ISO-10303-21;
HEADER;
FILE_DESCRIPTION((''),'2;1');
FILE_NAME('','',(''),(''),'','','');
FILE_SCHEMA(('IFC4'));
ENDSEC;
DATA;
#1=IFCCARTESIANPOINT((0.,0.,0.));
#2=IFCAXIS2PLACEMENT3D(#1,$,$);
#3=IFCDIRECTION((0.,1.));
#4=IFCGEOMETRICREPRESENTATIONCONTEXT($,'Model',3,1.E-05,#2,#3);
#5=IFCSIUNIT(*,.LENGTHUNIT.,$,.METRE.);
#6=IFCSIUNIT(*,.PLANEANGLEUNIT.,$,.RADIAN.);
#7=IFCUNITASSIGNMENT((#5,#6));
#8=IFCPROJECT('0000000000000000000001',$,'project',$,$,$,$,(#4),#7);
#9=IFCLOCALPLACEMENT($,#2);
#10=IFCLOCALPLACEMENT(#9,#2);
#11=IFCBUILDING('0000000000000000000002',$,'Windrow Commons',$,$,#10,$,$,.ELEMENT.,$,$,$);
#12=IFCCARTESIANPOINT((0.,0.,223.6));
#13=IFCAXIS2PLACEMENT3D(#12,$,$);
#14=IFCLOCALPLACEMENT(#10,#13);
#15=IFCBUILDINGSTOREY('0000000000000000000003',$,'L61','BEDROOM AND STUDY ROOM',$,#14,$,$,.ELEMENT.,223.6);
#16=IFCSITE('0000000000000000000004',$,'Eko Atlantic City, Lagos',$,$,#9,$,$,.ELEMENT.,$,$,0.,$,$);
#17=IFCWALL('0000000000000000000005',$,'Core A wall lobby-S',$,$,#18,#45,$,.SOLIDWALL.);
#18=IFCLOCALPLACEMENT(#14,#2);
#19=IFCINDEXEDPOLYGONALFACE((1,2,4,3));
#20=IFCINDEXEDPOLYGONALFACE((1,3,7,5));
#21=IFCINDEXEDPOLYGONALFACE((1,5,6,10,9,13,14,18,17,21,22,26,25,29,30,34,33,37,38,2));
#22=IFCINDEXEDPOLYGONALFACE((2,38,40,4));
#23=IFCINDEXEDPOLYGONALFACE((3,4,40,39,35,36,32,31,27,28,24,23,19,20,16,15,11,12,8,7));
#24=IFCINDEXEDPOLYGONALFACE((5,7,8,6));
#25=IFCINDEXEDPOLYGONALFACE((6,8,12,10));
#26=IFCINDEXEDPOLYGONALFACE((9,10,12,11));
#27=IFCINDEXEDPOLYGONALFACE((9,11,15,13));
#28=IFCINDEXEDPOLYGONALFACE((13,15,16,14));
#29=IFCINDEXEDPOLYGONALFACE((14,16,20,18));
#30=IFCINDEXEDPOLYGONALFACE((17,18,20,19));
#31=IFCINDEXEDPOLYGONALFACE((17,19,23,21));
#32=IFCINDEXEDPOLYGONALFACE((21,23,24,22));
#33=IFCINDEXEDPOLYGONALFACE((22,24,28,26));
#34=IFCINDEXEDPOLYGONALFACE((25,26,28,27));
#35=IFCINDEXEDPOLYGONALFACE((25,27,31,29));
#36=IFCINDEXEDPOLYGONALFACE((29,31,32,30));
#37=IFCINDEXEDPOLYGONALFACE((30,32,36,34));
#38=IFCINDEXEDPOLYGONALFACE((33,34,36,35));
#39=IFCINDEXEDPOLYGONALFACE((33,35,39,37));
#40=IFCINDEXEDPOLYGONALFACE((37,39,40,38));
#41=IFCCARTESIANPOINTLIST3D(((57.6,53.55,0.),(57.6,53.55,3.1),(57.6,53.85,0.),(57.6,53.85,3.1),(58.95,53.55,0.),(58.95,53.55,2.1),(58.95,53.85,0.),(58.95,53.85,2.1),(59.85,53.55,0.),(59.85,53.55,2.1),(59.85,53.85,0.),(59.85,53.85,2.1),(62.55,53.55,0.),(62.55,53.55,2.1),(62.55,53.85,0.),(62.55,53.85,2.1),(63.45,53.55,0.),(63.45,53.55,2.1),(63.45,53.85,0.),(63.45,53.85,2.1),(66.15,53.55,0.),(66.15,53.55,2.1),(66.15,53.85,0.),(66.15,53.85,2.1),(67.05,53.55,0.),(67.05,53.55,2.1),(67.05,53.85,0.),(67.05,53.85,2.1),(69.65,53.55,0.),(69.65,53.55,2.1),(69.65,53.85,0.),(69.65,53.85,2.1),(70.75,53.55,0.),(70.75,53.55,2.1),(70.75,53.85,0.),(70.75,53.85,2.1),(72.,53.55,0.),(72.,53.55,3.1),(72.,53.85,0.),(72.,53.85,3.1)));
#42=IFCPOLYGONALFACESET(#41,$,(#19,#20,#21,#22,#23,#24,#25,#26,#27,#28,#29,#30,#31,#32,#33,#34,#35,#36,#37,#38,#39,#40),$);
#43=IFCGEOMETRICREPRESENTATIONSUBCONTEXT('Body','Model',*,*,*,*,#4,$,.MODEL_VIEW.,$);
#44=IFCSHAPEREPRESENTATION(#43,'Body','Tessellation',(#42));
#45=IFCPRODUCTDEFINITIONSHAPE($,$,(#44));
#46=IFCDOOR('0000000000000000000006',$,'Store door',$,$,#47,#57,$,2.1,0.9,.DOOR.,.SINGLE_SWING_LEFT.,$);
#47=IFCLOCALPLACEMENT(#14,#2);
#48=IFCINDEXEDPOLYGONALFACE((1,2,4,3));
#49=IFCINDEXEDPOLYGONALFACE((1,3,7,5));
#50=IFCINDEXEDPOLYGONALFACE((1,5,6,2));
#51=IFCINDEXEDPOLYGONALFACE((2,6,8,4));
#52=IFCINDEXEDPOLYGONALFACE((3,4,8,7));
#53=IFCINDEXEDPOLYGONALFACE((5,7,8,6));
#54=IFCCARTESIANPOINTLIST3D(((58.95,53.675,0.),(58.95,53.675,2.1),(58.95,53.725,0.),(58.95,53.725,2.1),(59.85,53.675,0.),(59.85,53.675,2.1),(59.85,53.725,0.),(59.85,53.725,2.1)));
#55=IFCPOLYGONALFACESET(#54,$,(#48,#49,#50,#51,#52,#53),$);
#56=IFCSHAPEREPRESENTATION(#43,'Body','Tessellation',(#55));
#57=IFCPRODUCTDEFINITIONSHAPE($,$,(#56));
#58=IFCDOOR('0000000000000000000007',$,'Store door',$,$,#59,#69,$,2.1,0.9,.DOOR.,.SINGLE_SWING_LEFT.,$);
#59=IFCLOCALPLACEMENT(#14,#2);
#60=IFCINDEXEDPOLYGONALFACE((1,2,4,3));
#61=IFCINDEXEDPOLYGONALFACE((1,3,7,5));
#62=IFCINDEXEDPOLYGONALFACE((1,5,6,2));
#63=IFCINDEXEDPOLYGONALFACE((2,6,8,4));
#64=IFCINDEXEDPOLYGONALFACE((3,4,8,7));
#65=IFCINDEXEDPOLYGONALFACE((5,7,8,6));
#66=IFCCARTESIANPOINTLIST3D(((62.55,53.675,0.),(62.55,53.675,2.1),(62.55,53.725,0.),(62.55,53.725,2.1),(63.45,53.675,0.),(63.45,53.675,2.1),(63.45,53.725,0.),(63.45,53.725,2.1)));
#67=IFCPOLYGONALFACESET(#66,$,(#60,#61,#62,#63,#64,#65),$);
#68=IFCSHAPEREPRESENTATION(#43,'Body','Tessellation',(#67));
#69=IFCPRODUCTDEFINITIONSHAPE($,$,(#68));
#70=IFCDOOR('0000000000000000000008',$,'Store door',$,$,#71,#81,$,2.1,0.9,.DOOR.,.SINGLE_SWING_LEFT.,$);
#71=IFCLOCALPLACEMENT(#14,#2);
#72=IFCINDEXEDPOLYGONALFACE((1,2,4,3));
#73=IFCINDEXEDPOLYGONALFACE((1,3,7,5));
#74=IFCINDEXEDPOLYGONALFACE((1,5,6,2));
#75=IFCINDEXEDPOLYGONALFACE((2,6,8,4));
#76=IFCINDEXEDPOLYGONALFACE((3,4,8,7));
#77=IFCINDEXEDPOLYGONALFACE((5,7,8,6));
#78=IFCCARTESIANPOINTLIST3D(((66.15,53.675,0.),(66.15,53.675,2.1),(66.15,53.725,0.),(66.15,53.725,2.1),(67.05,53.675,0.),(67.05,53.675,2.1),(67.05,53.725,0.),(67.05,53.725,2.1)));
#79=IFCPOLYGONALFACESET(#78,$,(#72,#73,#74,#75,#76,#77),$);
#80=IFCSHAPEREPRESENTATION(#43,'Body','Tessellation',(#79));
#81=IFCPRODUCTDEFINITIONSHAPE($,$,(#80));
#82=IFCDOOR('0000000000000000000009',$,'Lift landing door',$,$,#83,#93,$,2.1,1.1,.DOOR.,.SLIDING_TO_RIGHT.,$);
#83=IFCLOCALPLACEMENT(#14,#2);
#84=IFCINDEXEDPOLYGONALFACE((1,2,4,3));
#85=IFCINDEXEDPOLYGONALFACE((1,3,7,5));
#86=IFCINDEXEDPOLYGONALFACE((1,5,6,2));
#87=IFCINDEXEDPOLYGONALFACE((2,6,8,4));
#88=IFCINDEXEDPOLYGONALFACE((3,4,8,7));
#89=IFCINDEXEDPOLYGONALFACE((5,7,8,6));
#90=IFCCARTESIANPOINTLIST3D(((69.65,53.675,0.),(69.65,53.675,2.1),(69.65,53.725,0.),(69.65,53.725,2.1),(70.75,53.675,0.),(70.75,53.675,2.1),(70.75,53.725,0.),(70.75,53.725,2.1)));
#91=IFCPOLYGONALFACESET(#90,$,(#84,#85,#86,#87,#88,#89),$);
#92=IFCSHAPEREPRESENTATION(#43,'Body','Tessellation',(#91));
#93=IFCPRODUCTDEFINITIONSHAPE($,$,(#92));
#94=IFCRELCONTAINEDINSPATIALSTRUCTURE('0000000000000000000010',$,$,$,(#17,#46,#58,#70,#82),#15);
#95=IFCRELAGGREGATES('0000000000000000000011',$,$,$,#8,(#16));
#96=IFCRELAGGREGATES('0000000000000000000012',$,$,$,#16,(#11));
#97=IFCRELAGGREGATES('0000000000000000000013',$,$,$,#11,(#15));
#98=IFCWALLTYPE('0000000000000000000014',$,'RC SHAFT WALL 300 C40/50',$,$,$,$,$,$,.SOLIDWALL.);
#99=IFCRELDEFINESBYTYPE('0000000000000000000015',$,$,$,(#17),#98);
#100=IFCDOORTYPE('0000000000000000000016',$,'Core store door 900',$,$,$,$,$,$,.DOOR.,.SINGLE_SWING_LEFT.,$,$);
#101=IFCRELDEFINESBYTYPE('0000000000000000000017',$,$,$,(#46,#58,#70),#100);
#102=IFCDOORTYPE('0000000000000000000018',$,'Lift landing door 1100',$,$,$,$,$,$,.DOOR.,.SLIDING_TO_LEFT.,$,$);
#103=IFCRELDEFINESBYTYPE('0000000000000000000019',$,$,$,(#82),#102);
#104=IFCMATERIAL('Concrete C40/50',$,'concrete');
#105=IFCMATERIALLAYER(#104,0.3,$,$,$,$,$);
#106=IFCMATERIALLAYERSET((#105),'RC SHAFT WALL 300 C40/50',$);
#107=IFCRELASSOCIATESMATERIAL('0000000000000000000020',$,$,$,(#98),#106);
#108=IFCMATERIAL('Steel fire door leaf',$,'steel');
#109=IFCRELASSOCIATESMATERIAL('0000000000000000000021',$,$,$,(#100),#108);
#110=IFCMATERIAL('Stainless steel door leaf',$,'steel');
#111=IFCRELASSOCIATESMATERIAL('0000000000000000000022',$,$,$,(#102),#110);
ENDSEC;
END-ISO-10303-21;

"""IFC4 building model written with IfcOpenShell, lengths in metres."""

from ifc_helpers import new_model, si_unit, direction, frame, frame_2d, origin, place, context, subcontext, project, spatial, rectangle, extrude, material, layer, layer_set, type_object, element, fill, save


model = new_model("IFC4")

# Units and contexts
model_context = context("Model", 3, precision=1e-05, world=origin(), true_north=direction((0.0, 1.0)))
body_context = subcontext(model_context, "Body", "Model", "MODEL_VIEW")
ifc_project = project(units=[si_unit("LENGTHUNIT", "METRE"), si_unit("PLANEANGLEUNIT", "RADIAN")], contexts=[model_context])

# Site, building, storey
site_placement = place(None, origin())
site = spatial("IfcSite", under=ifc_project, at=site_placement, Name="Eko Atlantic City, Lagos", CompositionType="ELEMENT", RefElevation=0.0)
building_placement = place(site_placement, origin())
building = spatial("IfcBuilding", under=site, at=building_placement, Name="Windrow Commons", CompositionType="ELEMENT")
storey_placement = place(building_placement, frame((0.0, 0.0, 223.6)))
storey = spatial("IfcBuildingStorey", under=building, at=storey_placement, Name="L61", Description="BEDROOM AND STUDY ROOM", CompositionType="ELEMENT", Elevation=223.6)

# Wall, openings, doors
ifc_material_1 = material(Name="Concrete C40/50", Category="concrete")
ifc_layer_1 = layer(ifc_material_1, 0.3)
ifc_layer_set_1 = layer_set([ifc_layer_1], Name="RC SHAFT WALL 300 C40/50")
wall_type_1 = type_object("IfcWallType", Name="RC SHAFT WALL 300 C40/50", PredefinedType="SOLIDWALL", material=ifc_layer_set_1)
wall_1_placement = place(storey_placement, frame((57.6, 53.7, 0.0), z_axis=(0.0, 0.0, 1.0), x_axis=(1.0, 0.0, 0.0)))
wall_1 = element("IfcWall", 1, at=wall_1_placement, inside=storey, type_object=wall_type_1, Name="Core A wall lobby-S", PredefinedType="SOLIDWALL", context=body_context, shape_type="SweptSolid", body=[
    extrude(rectangle(XDim=14.4, YDim=0.3, at=frame_2d((7.2, 0.0))), origin(), (0.0, 0.0, 1.0), 3.1),
])
opening_1_placement = place(wall_1_placement, frame((1.35, 0.0, 0.0)))
opening_1 = element("IfcOpeningElement", 2, at=opening_1_placement, cuts=wall_1, PredefinedType="OPENING", context=body_context, shape_type="SweptSolid", body=[
    extrude(rectangle(XDim=0.9, YDim=2.1, at=frame_2d((0.45, 1.05))), frame((0.0, 0.16, 0.0), z_axis=(0.0, -1.0, 0.0), x_axis=(1.0, 0.0, 0.0)), (0.0, 0.0, 1.0), 0.32),
])
opening_2_placement = place(wall_1_placement, frame((4.95, 0.0, 0.0)))
opening_2 = element("IfcOpeningElement", 3, at=opening_2_placement, cuts=wall_1, PredefinedType="OPENING", context=body_context, shape_type="SweptSolid", body=[
    extrude(rectangle(XDim=0.9, YDim=2.1, at=frame_2d((0.45, 1.05))), frame((0.0, 0.16, 0.0), z_axis=(0.0, -1.0, 0.0), x_axis=(1.0, 0.0, 0.0)), (0.0, 0.0, 1.0), 0.32),
])
opening_3_placement = place(wall_1_placement, frame((8.55, 0.0, 0.0)))
opening_3 = element("IfcOpeningElement", 4, at=opening_3_placement, cuts=wall_1, PredefinedType="OPENING", context=body_context, shape_type="SweptSolid", body=[
    extrude(rectangle(XDim=0.9, YDim=2.1, at=frame_2d((0.45, 1.05))), frame((0.0, 0.16, 0.0), z_axis=(0.0, -1.0, 0.0), x_axis=(1.0, 0.0, 0.0)), (0.0, 0.0, 1.0), 0.32),
])
opening_4_placement = place(wall_1_placement, frame((12.05, 0.0, 0.0)))
opening_4 = element("IfcOpeningElement", 5, at=opening_4_placement, cuts=wall_1, PredefinedType="OPENING", context=body_context, shape_type="SweptSolid", body=[
    extrude(rectangle(XDim=1.1, YDim=2.1, at=frame_2d((0.55, 1.05))), frame((0.0, 0.16, 0.0), z_axis=(0.0, -1.0, 0.0), x_axis=(1.0, 0.0, 0.0)), (0.0, 0.0, 1.0), 0.32),
])
ifc_material_2 = material(Name="Steel fire door leaf", Category="steel")
door_type_1 = type_object("IfcDoorType", Name="Core store door 900", OperationType="SINGLE_SWING_LEFT", PredefinedType="DOOR", material=ifc_material_2)
door_1_placement = place(opening_1_placement, origin())
door_1 = element("IfcDoor", 6, at=door_1_placement, inside=storey, type_object=door_type_1, Name="Store door", OperationType="SINGLE_SWING_LEFT", OverallHeight=2.1, OverallWidth=0.9, PredefinedType="DOOR", context=body_context, shape_type="SweptSolid", body=[
    extrude(rectangle(XDim=0.9, YDim=2.1, at=frame_2d((0.45, 1.05))), frame((0.0, 0.025, 0.0), z_axis=(0.0, -1.0, 0.0), x_axis=(1.0, 0.0, 0.0)), (0.0, 0.0, 1.0), 0.05),
])
fill(opening_1, door_1)
door_2_placement = place(opening_2_placement, origin())
door_2 = element("IfcDoor", 7, at=door_2_placement, inside=storey, type_object=door_type_1, Name="Store door", OperationType="SINGLE_SWING_LEFT", OverallHeight=2.1, OverallWidth=0.9, PredefinedType="DOOR", context=body_context, shape_type="SweptSolid", body=[
    extrude(rectangle(XDim=0.9, YDim=2.1, at=frame_2d((0.45, 1.05))), frame((0.0, 0.025, 0.0), z_axis=(0.0, -1.0, 0.0), x_axis=(1.0, 0.0, 0.0)), (0.0, 0.0, 1.0), 0.05),
])
fill(opening_2, door_2)
door_3_placement = place(opening_3_placement, origin())
door_3 = element("IfcDoor", 8, at=door_3_placement, inside=storey, type_object=door_type_1, Name="Store door", OperationType="SINGLE_SWING_LEFT", OverallHeight=2.1, OverallWidth=0.9, PredefinedType="DOOR", context=body_context, shape_type="SweptSolid", body=[
    extrude(rectangle(XDim=0.9, YDim=2.1, at=frame_2d((0.45, 1.05))), frame((0.0, 0.025, 0.0), z_axis=(0.0, -1.0, 0.0), x_axis=(1.0, 0.0, 0.0)), (0.0, 0.0, 1.0), 0.05),
])
fill(opening_3, door_3)
ifc_material_3 = material(Name="Stainless steel door leaf", Category="steel")
door_type_2 = type_object("IfcDoorType", Name="Lift landing door 1100", OperationType="SLIDING_TO_LEFT", PredefinedType="DOOR", material=ifc_material_3)
door_4_placement = place(opening_4_placement, origin())
door_4 = element("IfcDoor", 9, at=door_4_placement, inside=storey, type_object=door_type_2, Name="Lift landing door", OperationType="SLIDING_TO_RIGHT", OverallHeight=2.1, OverallWidth=1.1, PredefinedType="DOOR", context=body_context, shape_type="SweptSolid", body=[
    extrude(rectangle(XDim=1.1, YDim=2.1, at=frame_2d((0.55, 1.05))), frame((0.0, 0.025, 0.0), z_axis=(0.0, -1.0, 0.0), x_axis=(1.0, 0.0, 0.0)), (0.0, 0.0, 1.0), 0.05),
])
fill(opening_4, door_4)

save(model, "model.ifc")
